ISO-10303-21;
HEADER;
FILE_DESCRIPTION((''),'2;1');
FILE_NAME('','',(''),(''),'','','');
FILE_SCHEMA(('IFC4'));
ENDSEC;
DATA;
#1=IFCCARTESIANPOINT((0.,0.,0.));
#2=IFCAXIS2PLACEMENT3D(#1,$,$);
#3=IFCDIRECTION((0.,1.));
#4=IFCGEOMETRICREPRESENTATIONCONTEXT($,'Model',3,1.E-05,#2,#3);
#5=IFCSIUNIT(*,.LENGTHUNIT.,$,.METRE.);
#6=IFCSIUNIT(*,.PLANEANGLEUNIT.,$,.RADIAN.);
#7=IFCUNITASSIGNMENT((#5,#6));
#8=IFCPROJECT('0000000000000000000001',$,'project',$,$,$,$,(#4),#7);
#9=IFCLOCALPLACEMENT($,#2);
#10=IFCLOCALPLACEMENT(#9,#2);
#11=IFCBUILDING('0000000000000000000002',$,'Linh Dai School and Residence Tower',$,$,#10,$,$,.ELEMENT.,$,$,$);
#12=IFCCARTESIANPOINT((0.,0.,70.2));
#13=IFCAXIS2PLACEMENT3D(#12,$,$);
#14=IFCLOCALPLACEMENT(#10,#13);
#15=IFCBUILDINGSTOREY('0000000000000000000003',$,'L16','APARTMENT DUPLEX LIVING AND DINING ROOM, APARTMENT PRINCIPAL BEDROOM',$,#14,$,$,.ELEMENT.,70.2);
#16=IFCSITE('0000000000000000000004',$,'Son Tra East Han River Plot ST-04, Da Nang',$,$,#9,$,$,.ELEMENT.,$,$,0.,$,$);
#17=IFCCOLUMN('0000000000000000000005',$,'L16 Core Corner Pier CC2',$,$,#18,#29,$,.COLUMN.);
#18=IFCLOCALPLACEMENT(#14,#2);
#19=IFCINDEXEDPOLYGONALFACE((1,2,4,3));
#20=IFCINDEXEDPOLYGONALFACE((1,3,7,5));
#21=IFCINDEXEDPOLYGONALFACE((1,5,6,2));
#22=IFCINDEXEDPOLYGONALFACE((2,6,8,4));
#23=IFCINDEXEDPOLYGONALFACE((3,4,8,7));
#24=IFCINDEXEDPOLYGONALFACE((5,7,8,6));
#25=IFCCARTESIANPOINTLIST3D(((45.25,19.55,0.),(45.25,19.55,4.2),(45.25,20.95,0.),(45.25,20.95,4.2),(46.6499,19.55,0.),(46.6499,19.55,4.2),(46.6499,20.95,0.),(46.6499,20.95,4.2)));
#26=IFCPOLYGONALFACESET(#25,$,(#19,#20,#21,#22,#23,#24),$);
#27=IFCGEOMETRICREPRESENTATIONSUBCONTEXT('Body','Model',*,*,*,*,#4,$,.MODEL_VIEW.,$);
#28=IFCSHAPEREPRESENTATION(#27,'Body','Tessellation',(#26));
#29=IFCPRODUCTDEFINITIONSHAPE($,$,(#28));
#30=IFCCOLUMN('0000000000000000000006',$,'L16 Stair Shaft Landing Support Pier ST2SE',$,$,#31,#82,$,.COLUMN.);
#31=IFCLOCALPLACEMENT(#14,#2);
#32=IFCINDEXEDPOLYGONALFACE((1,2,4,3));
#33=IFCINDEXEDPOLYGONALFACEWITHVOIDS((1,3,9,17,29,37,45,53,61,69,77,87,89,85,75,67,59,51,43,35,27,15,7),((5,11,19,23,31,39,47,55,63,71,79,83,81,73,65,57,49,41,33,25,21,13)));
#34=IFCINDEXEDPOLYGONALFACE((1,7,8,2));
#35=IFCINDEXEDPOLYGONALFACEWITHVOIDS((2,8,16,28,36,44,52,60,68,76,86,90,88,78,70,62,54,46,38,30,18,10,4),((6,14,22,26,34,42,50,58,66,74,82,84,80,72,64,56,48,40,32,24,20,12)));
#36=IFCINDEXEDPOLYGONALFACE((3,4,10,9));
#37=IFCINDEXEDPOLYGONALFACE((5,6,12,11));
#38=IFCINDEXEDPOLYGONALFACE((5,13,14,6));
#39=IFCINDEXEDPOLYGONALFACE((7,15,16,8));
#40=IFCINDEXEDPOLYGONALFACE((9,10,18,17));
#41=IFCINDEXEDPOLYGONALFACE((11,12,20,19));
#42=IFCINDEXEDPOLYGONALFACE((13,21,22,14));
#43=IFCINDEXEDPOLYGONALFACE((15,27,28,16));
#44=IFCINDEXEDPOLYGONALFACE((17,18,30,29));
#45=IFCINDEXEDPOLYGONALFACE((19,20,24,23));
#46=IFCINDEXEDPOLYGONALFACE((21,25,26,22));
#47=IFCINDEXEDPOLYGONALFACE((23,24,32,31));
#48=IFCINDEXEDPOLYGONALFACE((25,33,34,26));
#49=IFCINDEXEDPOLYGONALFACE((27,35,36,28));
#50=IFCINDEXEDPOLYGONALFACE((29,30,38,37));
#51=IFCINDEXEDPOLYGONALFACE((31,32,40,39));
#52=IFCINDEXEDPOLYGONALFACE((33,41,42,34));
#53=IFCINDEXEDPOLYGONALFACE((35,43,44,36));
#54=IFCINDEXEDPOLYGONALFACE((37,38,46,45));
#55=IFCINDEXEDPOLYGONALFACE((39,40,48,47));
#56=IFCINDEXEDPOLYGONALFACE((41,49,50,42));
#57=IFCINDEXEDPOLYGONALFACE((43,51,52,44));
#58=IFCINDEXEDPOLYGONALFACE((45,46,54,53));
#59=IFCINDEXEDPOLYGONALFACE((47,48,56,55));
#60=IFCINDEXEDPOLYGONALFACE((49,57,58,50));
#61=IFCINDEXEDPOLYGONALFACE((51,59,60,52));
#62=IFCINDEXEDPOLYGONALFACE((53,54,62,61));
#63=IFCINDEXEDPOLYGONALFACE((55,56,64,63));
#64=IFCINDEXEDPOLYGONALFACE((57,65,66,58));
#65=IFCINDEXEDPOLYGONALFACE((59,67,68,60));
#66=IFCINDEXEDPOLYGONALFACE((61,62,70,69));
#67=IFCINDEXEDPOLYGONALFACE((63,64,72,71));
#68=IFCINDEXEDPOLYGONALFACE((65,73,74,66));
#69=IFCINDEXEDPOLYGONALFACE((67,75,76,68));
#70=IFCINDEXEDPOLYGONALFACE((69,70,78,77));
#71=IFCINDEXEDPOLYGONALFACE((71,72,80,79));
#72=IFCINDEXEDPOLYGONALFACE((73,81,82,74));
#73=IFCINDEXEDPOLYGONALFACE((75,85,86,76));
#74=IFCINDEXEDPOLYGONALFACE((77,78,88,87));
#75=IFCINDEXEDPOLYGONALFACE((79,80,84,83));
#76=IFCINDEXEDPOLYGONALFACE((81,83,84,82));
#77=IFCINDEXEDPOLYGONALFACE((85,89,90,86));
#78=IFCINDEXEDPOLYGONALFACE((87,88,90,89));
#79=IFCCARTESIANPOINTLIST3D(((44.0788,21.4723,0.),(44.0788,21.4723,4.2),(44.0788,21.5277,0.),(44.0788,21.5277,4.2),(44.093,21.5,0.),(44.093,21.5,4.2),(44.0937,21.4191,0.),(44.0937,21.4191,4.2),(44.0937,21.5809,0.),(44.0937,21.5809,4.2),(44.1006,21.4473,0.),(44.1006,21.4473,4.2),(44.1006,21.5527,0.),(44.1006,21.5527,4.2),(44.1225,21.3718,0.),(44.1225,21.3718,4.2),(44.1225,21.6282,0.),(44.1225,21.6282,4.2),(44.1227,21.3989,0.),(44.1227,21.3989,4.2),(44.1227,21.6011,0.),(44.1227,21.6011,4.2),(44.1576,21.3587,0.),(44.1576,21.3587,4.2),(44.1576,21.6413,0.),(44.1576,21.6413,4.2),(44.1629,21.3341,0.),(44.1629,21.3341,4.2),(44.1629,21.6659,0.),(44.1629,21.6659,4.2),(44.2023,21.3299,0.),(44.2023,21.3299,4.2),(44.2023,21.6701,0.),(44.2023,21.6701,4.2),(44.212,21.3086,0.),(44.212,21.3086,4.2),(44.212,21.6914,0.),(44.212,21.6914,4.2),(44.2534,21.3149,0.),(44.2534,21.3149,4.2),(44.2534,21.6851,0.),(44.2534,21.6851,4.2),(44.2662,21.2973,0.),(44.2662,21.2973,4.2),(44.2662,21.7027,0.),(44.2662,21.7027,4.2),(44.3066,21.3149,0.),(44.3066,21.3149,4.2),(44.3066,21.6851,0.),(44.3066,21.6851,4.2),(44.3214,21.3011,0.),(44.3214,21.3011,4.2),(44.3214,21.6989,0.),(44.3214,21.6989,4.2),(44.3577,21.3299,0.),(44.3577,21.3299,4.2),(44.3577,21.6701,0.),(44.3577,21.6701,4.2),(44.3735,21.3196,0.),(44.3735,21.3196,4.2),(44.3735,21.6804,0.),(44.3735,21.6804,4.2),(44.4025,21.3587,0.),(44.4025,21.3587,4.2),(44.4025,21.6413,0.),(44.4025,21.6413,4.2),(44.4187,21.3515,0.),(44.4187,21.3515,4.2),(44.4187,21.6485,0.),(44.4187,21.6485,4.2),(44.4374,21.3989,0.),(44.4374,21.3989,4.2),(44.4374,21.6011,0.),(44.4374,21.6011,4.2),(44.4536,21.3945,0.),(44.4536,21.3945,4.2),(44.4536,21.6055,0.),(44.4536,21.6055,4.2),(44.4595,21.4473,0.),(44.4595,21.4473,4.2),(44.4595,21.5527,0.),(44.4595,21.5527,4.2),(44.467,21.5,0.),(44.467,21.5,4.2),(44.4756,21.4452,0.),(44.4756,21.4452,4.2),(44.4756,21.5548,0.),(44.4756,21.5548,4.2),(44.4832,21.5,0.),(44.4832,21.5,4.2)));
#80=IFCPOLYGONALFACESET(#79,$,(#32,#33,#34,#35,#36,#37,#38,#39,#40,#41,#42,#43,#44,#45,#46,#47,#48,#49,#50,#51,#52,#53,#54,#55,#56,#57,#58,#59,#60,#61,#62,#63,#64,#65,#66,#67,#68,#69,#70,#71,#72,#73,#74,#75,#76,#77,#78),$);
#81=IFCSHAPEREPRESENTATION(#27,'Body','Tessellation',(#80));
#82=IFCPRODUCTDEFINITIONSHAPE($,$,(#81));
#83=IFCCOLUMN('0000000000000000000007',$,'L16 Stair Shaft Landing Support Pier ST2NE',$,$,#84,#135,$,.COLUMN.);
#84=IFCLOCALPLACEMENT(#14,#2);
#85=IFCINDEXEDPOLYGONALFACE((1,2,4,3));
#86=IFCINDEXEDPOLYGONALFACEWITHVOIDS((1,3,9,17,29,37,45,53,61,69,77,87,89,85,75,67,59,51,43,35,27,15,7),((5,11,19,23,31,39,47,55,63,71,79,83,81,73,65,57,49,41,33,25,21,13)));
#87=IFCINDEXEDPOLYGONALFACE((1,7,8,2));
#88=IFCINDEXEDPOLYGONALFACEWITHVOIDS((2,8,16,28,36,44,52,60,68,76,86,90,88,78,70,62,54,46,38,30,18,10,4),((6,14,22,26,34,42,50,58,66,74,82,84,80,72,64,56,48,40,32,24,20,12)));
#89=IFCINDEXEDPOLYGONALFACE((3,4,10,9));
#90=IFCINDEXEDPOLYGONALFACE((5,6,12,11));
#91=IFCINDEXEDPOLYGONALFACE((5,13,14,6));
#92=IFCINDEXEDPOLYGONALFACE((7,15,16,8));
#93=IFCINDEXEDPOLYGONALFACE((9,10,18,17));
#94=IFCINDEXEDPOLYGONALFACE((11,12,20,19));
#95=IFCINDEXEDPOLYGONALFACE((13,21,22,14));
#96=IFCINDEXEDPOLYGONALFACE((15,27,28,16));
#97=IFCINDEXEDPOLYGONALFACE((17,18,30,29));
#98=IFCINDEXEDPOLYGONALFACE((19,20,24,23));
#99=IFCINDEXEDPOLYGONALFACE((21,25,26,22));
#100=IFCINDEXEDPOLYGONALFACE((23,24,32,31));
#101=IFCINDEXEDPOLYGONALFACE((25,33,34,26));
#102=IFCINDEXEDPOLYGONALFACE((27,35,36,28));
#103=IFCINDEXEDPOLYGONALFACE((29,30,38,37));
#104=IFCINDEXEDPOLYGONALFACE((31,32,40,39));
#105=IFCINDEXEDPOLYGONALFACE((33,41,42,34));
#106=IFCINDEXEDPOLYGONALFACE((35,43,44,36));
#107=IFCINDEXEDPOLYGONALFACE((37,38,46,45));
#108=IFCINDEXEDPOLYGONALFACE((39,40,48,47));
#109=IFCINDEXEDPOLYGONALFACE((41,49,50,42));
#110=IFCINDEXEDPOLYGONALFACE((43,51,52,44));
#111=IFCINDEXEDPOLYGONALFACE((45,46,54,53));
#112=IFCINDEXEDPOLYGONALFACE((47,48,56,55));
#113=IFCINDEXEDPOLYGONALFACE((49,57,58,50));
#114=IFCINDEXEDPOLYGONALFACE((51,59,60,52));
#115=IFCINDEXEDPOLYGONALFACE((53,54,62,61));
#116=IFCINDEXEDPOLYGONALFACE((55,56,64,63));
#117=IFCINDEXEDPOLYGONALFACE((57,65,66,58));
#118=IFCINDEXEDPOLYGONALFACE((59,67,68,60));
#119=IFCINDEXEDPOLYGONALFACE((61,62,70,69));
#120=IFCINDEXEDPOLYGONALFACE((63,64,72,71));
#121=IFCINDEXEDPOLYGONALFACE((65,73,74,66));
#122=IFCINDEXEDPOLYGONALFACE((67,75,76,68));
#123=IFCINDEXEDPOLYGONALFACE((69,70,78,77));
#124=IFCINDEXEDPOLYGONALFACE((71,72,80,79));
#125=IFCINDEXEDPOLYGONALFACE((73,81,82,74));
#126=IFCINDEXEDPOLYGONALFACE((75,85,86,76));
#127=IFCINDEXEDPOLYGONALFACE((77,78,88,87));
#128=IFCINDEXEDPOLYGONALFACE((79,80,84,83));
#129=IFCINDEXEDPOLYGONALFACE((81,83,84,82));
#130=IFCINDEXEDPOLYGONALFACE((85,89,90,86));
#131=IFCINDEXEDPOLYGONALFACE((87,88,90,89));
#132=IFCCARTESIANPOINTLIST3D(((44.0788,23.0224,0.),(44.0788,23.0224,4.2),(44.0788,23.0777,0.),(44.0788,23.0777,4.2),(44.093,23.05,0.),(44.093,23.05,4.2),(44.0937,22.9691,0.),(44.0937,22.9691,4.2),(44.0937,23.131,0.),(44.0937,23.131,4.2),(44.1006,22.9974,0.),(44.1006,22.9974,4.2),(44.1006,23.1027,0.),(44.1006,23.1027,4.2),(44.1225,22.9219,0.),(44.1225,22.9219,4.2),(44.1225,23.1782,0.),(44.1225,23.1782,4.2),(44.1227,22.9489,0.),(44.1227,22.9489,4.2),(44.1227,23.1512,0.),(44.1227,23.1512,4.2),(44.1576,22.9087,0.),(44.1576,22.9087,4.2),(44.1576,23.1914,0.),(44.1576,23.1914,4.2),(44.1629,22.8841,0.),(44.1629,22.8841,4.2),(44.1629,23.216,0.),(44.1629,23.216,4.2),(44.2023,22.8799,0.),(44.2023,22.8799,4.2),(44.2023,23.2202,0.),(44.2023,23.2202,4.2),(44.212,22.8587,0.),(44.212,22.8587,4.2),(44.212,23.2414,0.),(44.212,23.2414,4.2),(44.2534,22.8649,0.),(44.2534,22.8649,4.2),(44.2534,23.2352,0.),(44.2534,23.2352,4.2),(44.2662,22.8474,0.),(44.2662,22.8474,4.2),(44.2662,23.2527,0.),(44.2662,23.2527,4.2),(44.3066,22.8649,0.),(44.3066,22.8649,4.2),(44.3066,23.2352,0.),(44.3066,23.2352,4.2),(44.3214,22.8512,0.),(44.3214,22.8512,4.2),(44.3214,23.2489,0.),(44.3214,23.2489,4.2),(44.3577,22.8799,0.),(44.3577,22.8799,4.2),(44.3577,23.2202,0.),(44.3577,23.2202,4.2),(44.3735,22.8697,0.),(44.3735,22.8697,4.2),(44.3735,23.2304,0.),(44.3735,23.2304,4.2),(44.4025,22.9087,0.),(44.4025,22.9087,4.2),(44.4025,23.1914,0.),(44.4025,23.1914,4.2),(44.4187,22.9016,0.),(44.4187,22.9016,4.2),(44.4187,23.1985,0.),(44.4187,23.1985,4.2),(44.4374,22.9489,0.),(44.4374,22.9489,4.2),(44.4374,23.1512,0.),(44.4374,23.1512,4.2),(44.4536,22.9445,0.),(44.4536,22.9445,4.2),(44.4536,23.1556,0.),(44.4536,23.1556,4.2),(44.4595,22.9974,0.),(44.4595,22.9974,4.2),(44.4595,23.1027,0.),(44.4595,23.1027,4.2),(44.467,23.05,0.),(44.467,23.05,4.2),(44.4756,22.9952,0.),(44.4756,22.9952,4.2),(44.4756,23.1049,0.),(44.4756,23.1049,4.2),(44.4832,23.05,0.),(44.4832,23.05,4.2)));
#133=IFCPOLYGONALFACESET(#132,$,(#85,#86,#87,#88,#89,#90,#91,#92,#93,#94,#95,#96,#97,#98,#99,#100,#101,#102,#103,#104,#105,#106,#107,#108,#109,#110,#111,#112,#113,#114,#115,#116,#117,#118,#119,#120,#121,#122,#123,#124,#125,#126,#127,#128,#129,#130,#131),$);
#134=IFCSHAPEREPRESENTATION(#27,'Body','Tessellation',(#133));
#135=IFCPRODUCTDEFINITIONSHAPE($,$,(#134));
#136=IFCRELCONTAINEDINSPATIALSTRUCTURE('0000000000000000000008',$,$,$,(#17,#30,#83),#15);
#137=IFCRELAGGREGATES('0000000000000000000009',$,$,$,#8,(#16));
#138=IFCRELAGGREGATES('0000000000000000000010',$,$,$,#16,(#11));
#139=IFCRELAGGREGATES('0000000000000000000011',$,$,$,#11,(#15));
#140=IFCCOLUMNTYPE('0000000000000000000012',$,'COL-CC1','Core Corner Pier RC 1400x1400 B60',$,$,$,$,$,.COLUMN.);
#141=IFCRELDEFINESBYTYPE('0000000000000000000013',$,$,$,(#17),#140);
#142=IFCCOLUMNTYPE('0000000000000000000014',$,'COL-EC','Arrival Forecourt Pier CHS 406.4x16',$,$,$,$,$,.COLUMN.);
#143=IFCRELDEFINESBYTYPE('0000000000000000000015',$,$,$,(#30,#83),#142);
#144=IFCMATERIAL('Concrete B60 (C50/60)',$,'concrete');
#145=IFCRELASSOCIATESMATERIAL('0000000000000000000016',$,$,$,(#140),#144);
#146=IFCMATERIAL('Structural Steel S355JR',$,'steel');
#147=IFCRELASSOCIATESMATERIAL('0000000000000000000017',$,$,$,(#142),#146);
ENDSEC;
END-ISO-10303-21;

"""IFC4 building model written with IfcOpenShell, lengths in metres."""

from ifc_helpers import new_model, si_unit, direction, frame, origin, origin_2d, place, context, subcontext, project, spatial, rectangle, hollow_circle, extrude, material, material_profile, profile_set, type_object, element, save


model = new_model("IFC4")

# Units and contexts
model_context = context("Model", 3, precision=1e-05, world=origin(), true_north=direction((0.0, 1.0)))
body_context = subcontext(model_context, "Body", "Model", "MODEL_VIEW")
ifc_project = project(units=[si_unit("LENGTHUNIT", "METRE"), si_unit("PLANEANGLEUNIT", "RADIAN")], contexts=[model_context])

# Site, building, storey
site_placement = place(None, origin())
site = spatial("IfcSite", under=ifc_project, at=site_placement, Name="Son Tra East Han River Plot ST-04, Da Nang", CompositionType="ELEMENT", RefElevation=0.0)
building_placement = place(site_placement, origin())
building = spatial("IfcBuilding", under=site, at=building_placement, Name="Linh Dai School and Residence Tower", CompositionType="ELEMENT")
storey_placement = place(building_placement, frame((0.0, 0.0, 70.2)))
storey = spatial("IfcBuildingStorey", under=building, at=storey_placement, Name="L16", Description="APARTMENT DUPLEX LIVING AND DINING ROOM, APARTMENT PRINCIPAL BEDROOM", CompositionType="ELEMENT", Elevation=70.2)

# Columns
ifc_material_1 = material(Name="Concrete B60 (C50/60)", Category="concrete")
ifc_material_profile_1 = material_profile(ifc_material_1, rectangle(XDim=1.3999, YDim=1.3999, at=origin_2d()), Name="RC 1400x1400")
ifc_profile_set_1 = profile_set([ifc_material_profile_1], Name="Concrete B60 (C50/60)")
column_type_1 = type_object("IfcColumnType", Name="COL-CC1", Description="Core Corner Pier RC 1400x1400 B60", PredefinedType="COLUMN", material=ifc_profile_set_1)
column_1_placement = place(storey_placement, frame((45.95, 20.25, 0.0), z_axis=(0.0, 0.0, 1.0), x_axis=(1.0, 0.0, 0.0)))
element("IfcColumn", 1, at=column_1_placement, inside=storey, type_object=column_type_1, Name="L16 Core Corner Pier CC2", PredefinedType="COLUMN", context=body_context, shape_type="SweptSolid", body=[
    extrude(rectangle(XDim=1.3999, YDim=1.3999, at=origin_2d()), origin(), (0.0, 0.0, 1.0), 4.2),
])
ifc_material_2 = material(Name="Structural Steel S355JR", Category="steel")
ifc_material_profile_2 = material_profile(ifc_material_2, hollow_circle(Radius=0.2031, WallThickness=0.0161, at=origin_2d()), Name="CHS 406.4x16")
ifc_profile_set_2 = profile_set([ifc_material_profile_2], Name="Structural Steel S355JR")
column_type_2 = type_object("IfcColumnType", Name="COL-EC", Description="Arrival Forecourt Pier CHS 406.4x16", PredefinedType="COLUMN", material=ifc_profile_set_2)
for number, where, z_axis, x_axis, name in (
    (2, (44.28, 21.5, 0.0), (0.0, 0.0, 1.0), (1.0, 0.0, 0.0), "L16 Stair Shaft Landing Support Pier ST2SE"),
    (3, (44.28, 23.05, 0.0), (0.0, 0.0, 1.0), (1.0, 0.0, 0.0), "L16 Stair Shaft Landing Support Pier ST2NE"),
):
    element("IfcColumn", number, at=place(storey_placement, frame(where, z_axis=z_axis, x_axis=x_axis)), inside=storey, type_object=column_type_2, Name=name, PredefinedType="COLUMN", context=body_context, shape_type="SweptSolid", body=[
        extrude(hollow_circle(Radius=0.2031, WallThickness=0.0161, at=origin_2d()), origin(), (0.0, 0.0, 1.0), 4.2),
    ])

save(model, "model.ifc")
